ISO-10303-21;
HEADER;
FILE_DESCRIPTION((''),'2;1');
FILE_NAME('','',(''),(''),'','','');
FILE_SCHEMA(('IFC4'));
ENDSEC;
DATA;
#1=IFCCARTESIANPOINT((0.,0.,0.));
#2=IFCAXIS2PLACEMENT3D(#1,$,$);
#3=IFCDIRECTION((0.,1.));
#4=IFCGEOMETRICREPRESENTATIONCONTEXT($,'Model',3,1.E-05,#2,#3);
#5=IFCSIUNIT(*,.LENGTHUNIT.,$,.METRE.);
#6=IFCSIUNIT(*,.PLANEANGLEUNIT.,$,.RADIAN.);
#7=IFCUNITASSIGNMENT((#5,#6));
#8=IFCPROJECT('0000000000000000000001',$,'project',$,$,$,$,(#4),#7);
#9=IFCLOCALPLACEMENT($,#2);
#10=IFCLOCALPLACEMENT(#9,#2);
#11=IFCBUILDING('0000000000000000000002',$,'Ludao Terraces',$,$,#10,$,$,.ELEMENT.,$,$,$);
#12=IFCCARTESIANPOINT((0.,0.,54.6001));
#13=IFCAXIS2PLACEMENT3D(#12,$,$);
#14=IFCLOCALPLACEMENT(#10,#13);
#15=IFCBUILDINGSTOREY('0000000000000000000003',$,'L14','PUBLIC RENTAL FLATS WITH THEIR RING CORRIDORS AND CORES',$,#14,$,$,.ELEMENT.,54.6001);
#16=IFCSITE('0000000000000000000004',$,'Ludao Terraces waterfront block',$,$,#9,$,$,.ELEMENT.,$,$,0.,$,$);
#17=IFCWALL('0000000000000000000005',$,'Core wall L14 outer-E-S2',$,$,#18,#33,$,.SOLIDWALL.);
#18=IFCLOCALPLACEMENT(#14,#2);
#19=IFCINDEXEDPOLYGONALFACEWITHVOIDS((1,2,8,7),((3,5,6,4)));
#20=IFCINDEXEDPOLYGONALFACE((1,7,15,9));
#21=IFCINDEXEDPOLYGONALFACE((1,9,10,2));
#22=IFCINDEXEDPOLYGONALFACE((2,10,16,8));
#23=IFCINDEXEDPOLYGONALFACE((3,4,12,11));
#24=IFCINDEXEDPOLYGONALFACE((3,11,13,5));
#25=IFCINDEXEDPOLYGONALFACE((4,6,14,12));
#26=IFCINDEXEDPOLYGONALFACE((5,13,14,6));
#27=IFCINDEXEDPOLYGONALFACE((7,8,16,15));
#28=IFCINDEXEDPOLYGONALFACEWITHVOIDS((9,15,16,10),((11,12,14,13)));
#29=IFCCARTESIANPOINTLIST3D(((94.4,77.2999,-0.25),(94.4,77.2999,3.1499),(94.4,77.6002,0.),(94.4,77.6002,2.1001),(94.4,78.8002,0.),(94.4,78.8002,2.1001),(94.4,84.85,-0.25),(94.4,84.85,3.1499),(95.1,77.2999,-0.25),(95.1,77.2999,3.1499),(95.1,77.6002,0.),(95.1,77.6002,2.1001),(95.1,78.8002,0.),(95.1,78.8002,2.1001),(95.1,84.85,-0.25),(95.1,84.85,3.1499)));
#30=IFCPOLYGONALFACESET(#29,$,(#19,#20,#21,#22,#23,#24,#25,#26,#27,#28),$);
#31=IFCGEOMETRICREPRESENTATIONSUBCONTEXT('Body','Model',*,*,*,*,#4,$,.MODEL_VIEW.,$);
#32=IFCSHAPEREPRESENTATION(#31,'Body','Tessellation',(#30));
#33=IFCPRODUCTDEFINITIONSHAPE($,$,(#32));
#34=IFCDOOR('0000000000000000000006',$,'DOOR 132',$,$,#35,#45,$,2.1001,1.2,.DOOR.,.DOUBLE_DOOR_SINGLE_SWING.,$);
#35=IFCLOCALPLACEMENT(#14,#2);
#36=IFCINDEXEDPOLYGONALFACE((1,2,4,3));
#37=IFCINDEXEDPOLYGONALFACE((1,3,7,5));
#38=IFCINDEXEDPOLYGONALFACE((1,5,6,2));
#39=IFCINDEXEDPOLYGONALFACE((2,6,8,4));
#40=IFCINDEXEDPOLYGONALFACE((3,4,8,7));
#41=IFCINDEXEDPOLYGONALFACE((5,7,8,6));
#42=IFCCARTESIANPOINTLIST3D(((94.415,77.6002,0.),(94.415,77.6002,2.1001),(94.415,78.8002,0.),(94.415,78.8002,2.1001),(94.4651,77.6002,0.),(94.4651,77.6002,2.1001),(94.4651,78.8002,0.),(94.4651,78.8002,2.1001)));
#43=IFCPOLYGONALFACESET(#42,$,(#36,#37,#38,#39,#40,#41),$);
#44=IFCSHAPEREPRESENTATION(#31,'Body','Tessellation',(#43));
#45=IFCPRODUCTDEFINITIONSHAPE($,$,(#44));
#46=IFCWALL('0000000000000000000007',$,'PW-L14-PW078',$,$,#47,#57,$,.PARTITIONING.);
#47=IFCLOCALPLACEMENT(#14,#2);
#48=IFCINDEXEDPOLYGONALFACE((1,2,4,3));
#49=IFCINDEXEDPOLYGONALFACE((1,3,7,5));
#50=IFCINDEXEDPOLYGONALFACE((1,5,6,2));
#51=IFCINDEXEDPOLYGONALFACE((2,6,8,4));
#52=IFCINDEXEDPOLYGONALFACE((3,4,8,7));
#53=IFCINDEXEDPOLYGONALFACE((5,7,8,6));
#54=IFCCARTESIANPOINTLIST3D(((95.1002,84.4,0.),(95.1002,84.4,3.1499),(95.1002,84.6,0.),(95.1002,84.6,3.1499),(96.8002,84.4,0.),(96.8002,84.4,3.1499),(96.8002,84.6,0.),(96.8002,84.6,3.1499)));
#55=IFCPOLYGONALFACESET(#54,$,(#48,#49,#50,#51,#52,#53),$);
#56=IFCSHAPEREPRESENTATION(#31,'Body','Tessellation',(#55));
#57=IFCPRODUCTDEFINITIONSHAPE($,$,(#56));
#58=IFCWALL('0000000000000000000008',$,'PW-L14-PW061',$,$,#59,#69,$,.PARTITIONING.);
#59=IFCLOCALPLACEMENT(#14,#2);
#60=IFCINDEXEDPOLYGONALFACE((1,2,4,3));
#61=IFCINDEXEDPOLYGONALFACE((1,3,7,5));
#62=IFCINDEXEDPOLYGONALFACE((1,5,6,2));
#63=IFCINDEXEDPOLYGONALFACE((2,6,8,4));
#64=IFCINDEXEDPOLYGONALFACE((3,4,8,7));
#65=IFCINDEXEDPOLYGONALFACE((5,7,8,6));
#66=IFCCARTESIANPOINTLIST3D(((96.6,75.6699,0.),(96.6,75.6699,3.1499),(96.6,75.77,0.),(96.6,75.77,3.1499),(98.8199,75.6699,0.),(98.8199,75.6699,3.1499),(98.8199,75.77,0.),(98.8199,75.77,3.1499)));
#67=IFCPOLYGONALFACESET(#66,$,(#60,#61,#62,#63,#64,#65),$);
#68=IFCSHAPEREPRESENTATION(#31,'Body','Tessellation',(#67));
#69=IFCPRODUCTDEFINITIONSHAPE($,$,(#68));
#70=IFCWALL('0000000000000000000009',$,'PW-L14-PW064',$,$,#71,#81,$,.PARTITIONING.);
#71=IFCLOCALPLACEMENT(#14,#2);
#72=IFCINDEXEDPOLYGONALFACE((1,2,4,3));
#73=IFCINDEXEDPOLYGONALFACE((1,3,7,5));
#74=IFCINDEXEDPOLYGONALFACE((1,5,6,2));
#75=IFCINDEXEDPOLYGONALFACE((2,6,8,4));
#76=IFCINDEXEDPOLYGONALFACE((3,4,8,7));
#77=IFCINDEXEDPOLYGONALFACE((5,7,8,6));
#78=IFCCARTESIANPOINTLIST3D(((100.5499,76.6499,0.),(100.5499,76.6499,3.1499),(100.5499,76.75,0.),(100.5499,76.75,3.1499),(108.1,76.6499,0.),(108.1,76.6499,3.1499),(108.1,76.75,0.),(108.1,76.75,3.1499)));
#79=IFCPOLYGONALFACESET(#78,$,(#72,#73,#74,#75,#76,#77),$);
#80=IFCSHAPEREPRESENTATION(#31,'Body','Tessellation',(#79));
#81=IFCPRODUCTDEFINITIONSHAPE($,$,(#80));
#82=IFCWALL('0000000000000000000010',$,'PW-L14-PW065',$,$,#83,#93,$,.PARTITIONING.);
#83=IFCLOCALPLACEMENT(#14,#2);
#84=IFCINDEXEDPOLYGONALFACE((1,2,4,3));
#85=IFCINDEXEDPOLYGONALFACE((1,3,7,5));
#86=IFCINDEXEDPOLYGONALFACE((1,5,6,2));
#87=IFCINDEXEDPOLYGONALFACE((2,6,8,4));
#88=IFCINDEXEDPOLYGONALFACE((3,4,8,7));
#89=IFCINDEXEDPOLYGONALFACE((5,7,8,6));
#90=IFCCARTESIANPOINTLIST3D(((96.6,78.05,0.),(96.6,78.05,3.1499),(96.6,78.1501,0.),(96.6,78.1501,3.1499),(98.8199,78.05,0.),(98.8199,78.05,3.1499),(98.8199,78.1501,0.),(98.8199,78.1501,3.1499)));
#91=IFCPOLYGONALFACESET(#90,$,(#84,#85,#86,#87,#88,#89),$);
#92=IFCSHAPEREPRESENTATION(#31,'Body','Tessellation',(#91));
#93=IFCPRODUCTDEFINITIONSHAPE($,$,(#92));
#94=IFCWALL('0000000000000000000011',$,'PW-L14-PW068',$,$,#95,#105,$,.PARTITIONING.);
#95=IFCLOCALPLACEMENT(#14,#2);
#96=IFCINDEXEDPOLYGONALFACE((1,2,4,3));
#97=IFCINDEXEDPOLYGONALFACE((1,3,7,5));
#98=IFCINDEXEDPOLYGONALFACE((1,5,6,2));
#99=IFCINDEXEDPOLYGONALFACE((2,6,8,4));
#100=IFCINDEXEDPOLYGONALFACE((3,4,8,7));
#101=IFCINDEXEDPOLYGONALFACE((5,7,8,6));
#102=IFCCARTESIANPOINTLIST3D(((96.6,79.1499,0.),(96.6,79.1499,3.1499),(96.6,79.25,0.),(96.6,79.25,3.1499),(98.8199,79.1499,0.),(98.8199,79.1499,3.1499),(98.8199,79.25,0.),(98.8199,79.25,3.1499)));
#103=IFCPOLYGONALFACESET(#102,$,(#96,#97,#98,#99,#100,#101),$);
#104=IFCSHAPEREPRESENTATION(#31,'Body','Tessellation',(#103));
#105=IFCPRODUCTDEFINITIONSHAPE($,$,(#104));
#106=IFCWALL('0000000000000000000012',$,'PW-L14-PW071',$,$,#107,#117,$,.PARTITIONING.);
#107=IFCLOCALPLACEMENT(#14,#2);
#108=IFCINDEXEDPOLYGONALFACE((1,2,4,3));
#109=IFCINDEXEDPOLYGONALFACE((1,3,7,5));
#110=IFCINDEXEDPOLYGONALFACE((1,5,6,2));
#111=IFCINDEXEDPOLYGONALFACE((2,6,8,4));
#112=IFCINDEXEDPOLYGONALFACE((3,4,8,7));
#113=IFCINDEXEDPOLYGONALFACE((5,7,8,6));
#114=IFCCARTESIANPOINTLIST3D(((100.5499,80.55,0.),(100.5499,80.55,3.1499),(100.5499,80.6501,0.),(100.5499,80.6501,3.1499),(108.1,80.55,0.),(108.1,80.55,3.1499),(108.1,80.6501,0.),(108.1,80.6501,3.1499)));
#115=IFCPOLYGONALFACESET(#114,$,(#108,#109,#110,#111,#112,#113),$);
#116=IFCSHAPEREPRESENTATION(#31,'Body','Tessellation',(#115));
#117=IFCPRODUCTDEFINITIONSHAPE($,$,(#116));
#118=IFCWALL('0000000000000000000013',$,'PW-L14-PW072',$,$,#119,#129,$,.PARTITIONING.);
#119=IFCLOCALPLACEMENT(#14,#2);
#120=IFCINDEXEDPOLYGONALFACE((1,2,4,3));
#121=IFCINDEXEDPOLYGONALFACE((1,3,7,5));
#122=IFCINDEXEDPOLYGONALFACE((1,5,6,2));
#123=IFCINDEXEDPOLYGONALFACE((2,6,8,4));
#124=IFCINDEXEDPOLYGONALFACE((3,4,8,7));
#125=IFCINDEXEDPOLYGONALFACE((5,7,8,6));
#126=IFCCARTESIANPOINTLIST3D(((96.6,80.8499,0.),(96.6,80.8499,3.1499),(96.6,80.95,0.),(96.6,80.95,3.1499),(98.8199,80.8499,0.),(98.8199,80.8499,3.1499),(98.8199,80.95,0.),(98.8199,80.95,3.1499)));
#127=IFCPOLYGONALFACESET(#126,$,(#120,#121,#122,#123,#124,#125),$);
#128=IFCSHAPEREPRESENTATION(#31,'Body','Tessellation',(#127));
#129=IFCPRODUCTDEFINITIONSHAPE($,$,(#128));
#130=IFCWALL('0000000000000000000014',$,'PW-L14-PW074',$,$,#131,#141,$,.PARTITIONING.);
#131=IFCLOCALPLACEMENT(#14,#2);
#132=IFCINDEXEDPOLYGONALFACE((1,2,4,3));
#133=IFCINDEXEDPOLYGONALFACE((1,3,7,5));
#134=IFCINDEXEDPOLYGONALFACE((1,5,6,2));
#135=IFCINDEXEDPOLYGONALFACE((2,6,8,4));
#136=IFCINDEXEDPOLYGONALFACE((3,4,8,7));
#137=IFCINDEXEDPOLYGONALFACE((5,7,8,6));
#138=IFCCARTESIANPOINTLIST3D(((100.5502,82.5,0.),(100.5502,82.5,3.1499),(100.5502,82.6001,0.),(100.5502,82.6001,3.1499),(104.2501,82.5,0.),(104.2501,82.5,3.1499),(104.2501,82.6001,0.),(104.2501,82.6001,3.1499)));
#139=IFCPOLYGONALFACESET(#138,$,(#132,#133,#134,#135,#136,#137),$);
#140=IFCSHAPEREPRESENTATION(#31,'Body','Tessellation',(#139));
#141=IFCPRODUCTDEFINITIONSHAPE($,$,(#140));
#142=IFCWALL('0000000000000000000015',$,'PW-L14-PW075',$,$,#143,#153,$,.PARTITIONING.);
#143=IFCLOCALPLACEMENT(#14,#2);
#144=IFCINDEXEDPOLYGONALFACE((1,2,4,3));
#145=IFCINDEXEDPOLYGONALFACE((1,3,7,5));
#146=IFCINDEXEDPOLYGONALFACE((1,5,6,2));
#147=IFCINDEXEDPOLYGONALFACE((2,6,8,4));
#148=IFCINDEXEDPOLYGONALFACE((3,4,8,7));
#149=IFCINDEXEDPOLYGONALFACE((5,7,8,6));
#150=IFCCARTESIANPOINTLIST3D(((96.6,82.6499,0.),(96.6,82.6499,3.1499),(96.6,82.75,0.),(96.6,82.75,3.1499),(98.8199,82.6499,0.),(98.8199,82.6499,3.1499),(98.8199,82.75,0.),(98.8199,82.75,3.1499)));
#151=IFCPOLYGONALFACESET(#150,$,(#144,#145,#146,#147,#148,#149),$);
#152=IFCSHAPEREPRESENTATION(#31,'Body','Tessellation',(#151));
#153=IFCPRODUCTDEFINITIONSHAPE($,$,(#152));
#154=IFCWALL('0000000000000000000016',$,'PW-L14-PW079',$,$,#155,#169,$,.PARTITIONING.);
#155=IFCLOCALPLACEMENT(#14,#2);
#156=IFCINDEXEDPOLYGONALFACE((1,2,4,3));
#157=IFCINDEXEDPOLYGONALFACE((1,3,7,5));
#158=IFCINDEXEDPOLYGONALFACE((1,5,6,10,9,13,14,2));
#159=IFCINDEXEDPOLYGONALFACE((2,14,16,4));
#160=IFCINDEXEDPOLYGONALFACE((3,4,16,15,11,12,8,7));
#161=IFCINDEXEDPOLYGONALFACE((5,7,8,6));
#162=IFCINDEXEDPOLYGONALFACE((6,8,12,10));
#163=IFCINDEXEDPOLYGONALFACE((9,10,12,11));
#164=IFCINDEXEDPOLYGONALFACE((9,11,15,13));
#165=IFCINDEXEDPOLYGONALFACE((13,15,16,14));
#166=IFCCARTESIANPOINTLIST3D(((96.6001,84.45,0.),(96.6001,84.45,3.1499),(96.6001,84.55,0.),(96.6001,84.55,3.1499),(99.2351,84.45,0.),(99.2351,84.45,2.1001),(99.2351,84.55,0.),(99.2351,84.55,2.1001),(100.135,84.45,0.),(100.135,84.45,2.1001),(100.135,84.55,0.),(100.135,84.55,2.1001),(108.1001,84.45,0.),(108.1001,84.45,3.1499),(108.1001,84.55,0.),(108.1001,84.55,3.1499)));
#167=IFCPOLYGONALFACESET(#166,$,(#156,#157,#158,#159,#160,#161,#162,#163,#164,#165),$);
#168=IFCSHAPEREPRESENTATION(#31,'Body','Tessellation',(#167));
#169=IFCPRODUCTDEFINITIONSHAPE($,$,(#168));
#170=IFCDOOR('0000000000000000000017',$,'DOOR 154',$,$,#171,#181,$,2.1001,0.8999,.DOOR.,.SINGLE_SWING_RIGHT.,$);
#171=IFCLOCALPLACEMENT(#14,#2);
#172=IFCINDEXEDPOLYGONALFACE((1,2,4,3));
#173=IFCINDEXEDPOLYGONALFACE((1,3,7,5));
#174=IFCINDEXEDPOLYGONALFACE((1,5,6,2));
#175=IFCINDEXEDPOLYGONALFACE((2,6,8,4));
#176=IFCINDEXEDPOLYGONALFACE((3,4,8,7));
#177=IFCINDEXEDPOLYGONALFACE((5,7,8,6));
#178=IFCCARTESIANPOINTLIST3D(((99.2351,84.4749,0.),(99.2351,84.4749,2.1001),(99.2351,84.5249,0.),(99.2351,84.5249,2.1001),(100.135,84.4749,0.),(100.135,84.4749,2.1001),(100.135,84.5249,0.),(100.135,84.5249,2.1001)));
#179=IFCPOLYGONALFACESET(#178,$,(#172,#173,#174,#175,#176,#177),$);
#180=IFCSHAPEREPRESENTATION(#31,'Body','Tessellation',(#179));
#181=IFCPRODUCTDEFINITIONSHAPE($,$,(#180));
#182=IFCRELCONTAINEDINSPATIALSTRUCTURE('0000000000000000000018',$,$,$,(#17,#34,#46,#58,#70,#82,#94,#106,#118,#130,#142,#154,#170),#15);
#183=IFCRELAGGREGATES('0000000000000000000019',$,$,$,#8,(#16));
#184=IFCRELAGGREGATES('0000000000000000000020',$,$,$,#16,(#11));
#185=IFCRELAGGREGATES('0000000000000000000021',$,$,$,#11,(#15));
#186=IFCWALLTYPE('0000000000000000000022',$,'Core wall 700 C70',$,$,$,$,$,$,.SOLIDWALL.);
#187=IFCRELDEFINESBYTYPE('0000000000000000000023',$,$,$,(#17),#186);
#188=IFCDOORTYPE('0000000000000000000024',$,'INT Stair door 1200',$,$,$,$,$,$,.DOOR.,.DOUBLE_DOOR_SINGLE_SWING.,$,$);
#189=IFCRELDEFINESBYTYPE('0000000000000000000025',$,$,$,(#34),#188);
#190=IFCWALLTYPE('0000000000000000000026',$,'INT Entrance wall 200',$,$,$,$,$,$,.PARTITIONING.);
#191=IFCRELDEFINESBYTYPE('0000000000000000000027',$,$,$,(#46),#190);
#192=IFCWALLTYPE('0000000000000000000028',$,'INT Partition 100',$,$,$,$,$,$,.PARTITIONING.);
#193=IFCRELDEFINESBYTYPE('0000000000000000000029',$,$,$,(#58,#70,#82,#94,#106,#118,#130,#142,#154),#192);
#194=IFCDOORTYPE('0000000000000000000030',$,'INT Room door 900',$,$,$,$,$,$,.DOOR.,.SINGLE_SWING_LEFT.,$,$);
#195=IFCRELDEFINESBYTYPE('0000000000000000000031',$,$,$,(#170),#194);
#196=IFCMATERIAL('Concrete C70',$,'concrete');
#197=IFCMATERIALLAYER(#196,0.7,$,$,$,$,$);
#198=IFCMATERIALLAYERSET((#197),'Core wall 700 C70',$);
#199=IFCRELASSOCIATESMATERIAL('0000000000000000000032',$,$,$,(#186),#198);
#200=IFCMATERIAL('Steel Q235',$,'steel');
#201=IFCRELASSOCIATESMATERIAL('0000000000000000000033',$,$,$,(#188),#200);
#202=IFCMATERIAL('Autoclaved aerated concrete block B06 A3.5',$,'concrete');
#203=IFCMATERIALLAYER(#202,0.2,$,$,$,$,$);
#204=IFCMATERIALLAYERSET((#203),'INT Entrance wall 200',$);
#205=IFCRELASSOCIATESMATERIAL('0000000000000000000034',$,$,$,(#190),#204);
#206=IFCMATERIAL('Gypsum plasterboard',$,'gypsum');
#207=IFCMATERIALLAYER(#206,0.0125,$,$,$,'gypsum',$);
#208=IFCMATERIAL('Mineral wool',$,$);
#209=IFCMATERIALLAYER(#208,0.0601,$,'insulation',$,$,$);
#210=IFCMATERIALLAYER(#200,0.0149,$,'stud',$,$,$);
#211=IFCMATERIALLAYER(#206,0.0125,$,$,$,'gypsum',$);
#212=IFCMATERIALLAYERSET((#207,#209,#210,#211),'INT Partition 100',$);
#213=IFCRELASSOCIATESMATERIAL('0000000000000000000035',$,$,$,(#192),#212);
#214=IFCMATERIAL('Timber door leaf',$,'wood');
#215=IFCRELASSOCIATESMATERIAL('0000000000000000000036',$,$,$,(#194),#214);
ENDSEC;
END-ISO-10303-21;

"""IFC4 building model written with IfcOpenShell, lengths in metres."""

from ifc_helpers import new_model, si_unit, direction, frame, frame_2d, origin, place, context, subcontext, project, spatial, rectangle, extrude, material, layer, layer_set, type_object, element, fill, save


model = new_model("IFC4")

# Units and contexts
model_context = context("Model", 3, precision=1e-05, world=origin(), true_north=direction((0.0, 1.0)))
body_context = subcontext(model_context, "Body", "Model", "MODEL_VIEW")
ifc_project = project(units=[si_unit("LENGTHUNIT", "METRE"), si_unit("PLANEANGLEUNIT", "RADIAN")], contexts=[model_context])

# Site, building, storey
site_placement = place(None, origin())
site = spatial("IfcSite", under=ifc_project, at=site_placement, Name="Ludao Terraces waterfront block", CompositionType="ELEMENT", RefElevation=0.0)
building_placement = place(site_placement, origin())
building = spatial("IfcBuilding", under=site, at=building_placement, Name="Ludao Terraces", CompositionType="ELEMENT")
storey_placement = place(building_placement, frame((0.0, 0.0, 54.6001)))
storey = spatial("IfcBuildingStorey", under=building, at=storey_placement, Name="L14", Description="PUBLIC RENTAL FLATS WITH THEIR RING CORRIDORS AND CORES", CompositionType="ELEMENT", Elevation=54.6001)

# Wall, opening, door
ifc_material_1 = material(Name="Concrete C70", Category="concrete")
ifc_layer_1 = layer(ifc_material_1, 0.7)
ifc_layer_set_1 = layer_set([ifc_layer_1], Name="Core wall 700 C70")
wall_type_1 = type_object("IfcWallType", Name="Core wall 700 C70", PredefinedType="SOLIDWALL", material=ifc_layer_set_1)
wall_1_placement = place(storey_placement, frame((94.75, 77.3, -0.25), z_axis=(0.0, 0.0, 1.0), x_axis=(0.0, 1.0, 0.0)))
wall_1 = element("IfcWall", 1, at=wall_1_placement, inside=storey, type_object=wall_type_1, Name="Core wall L14 outer-E-S2", PredefinedType="SOLIDWALL", context=body_context, shape_type="SweptSolid", body=[
    extrude(rectangle(XDim=7.55, YDim=0.7, at=frame_2d((3.7749, 0.0))), origin(), (0.0, 0.0, 1.0), 3.3999),
])
opening_1_placement = place(wall_1_placement, frame((0.3, 0.0, 0.25)))
opening_1 = element("IfcOpeningElement", 2, at=opening_1_placement, cuts=wall_1, PredefinedType="OPENING", context=body_context, shape_type="SweptSolid", body=[
    extrude(rectangle(XDim=1.2, YDim=2.1001, at=frame_2d((0.6001, 1.05))), frame((0.0, 0.3599, 0.0), z_axis=(0.0, -1.0, 0.0), x_axis=(1.0, 0.0, 0.0)), (0.0, 0.0, 1.0), 0.72),
])
ifc_material_2 = material(Name="Steel Q235", Category="steel")
door_type_1 = type_object("IfcDoorType", Name="INT Stair door 1200", OperationType="DOUBLE_DOOR_SINGLE_SWING", PredefinedType="DOOR", material=ifc_material_2)
door_1_placement = place(opening_1_placement, origin())
door_1 = element("IfcDoor", 3, at=door_1_placement, inside=storey, type_object=door_type_1, Name="DOOR 132", OperationType="DOUBLE_DOOR_SINGLE_SWING", OverallHeight=2.1001, OverallWidth=1.2, PredefinedType="DOOR", context=body_context, shape_type="SweptSolid", body=[
    extrude(rectangle(XDim=1.2, YDim=2.1001, at=frame_2d((0.6001, 1.05))), frame((0.0, 0.335, 0.0), z_axis=(0.0, -1.0, 0.0), x_axis=(1.0, 0.0, 0.0)), (0.0, 0.0, 1.0), 0.05),
])
fill(opening_1, door_1)

# Walls
ifc_material_3 = material(Name="Autoclaved aerated concrete block B06 A3.5", Category="concrete")
ifc_layer_2 = layer(ifc_material_3, 0.2)
ifc_layer_set_2 = layer_set([ifc_layer_2], Name="INT Entrance wall 200")
wall_type_2 = type_object("IfcWallType", Name="INT Entrance wall 200", PredefinedType="PARTITIONING", material=ifc_layer_set_2)
wall_2_placement = place(storey_placement, frame((95.1001, 84.5, 0.0), z_axis=(0.0, 0.0, 1.0), x_axis=(1.0, 0.0, 0.0)))
element("IfcWall", 4, at=wall_2_placement, inside=storey, type_object=wall_type_2, Name="PW-L14-PW078", PredefinedType="PARTITIONING", context=body_context, shape_type="SweptSolid", body=[
    extrude(rectangle(XDim=1.7, YDim=0.2, at=frame_2d((0.8501, 0.0))), origin(), (0.0, 0.0, 1.0), 3.1499),
])
ifc_material_4 = material(Name="Gypsum plasterboard", Category="gypsum")
ifc_layer_3 = layer(ifc_material_4, 0.0125, Category="gypsum")
ifc_material_5 = material(Name="Mineral wool")
ifc_layer_4 = layer(ifc_material_5, 0.0601, Name="insulation")
ifc_layer_5 = layer(ifc_material_2, 0.0149, Name="stud")
ifc_layer_6 = layer(ifc_material_4, 0.0125, Category="gypsum")
ifc_layer_set_3 = layer_set([ifc_layer_3, ifc_layer_4, ifc_layer_5, ifc_layer_6], Name="INT Partition 100")
wall_type_3 = type_object("IfcWallType", Name="INT Partition 100", PredefinedType="PARTITIONING", material=ifc_layer_set_3)
wall_3_placement = place(storey_placement, frame((96.6001, 75.72, 0.0), z_axis=(0.0, 0.0, 1.0), x_axis=(1.0, 0.0, 0.0)))
element("IfcWall", 5, at=wall_3_placement, inside=storey, type_object=wall_type_3, Name="PW-L14-PW061", PredefinedType="PARTITIONING", context=body_context, shape_type="SweptSolid", body=[
    extrude(rectangle(XDim=2.22, YDim=0.1001, at=frame_2d((1.1099, 0.0))), origin(), (0.0, 0.0, 1.0), 3.1499),
])
wall_4_placement = place(storey_placement, frame((100.55, 76.7, 0.0), z_axis=(0.0, 0.0, 1.0), x_axis=(1.0, 0.0, 0.0)))
element("IfcWall", 6, at=wall_4_placement, inside=storey, type_object=wall_type_3, Name="PW-L14-PW064", PredefinedType="PARTITIONING", context=body_context, shape_type="SweptSolid", body=[
    extrude(rectangle(XDim=7.55, YDim=0.1001, at=frame_2d((3.7749, 0.0))), origin(), (0.0, 0.0, 1.0), 3.1499),
])
for number, where, z_axis, x_axis, name in (
    (7, (96.6001, 78.1001, 0.0), (0.0, 0.0, 1.0), (1.0, 0.0, 0.0), "PW-L14-PW065"),
    (8, (96.6001, 79.2, 0.0), (0.0, 0.0, 1.0), (1.0, 0.0, 0.0), "PW-L14-PW068"),
):
    element("IfcWall", number, at=place(storey_placement, frame(where, z_axis=z_axis, x_axis=x_axis)), inside=storey, type_object=wall_type_3, Name=name, PredefinedType="PARTITIONING", context=body_context, shape_type="SweptSolid", body=[
        extrude(rectangle(XDim=2.22, YDim=0.1001, at=frame_2d((1.1099, 0.0))), origin(), (0.0, 0.0, 1.0), 3.1499),
    ])
wall_5_placement = place(storey_placement, frame((100.55, 80.6001, 0.0), z_axis=(0.0, 0.0, 1.0), x_axis=(1.0, 0.0, 0.0)))
element("IfcWall", 9, at=wall_5_placement, inside=storey, type_object=wall_type_3, Name="PW-L14-PW071", PredefinedType="PARTITIONING", context=body_context, shape_type="SweptSolid", body=[
    extrude(rectangle(XDim=7.55, YDim=0.1001, at=frame_2d((3.7749, 0.0))), origin(), (0.0, 0.0, 1.0), 3.1499),
])
wall_6_placement = place(storey_placement, frame((96.6001, 80.8999, 0.0), z_axis=(0.0, 0.0, 1.0), x_axis=(1.0, 0.0, 0.0)))
element("IfcWall", 10, at=wall_6_placement, inside=storey, type_object=wall_type_3, Name="PW-L14-PW072", PredefinedType="PARTITIONING", context=body_context, shape_type="SweptSolid", body=[
    extrude(rectangle(XDim=2.22, YDim=0.1001, at=frame_2d((1.1099, 0.0))), origin(), (0.0, 0.0, 1.0), 3.1499),
])
wall_7_placement = place(storey_placement, frame((100.55, 82.55, 0.0), z_axis=(0.0, 0.0, 1.0), x_axis=(1.0, 0.0, 0.0)))
element("IfcWall", 11, at=wall_7_placement, inside=storey, type_object=wall_type_3, Name="PW-L14-PW074", PredefinedType="PARTITIONING", context=body_context, shape_type="SweptSolid", body=[
    extrude(rectangle(XDim=3.7, YDim=0.1001, at=frame_2d((1.8501, 0.0))), origin(), (0.0, 0.0, 1.0), 3.1499),
])
wall_8_placement = place(storey_placement, frame((96.6001, 82.7, 0.0), z_axis=(0.0, 0.0, 1.0), x_axis=(1.0, 0.0, 0.0)))
element("IfcWall", 12, at=wall_8_placement, inside=storey, type_object=wall_type_3, Name="PW-L14-PW075", PredefinedType="PARTITIONING", context=body_context, shape_type="SweptSolid", body=[
    extrude(rectangle(XDim=2.22, YDim=0.1001, at=frame_2d((1.1099, 0.0))), origin(), (0.0, 0.0, 1.0), 3.1499),
])

# Wall, opening, door
wall_9_placement = place(storey_placement, frame((96.6001, 84.5, 0.0), z_axis=(0.0, 0.0, 1.0), x_axis=(1.0, 0.0, 0.0)))
wall_9 = element("IfcWall", 13, at=wall_9_placement, inside=storey, type_object=wall_type_3, Name="PW-L14-PW079", PredefinedType="PARTITIONING", context=body_context, shape_type="SweptSolid", body=[
    extrude(rectangle(XDim=11.5, YDim=0.1001, at=frame_2d((5.75, 0.0))), origin(), (0.0, 0.0, 1.0), 3.1499),
])
opening_2_placement = place(wall_9_placement, frame((2.635, 0.0, 0.0)))
opening_2 = element("IfcOpeningElement", 14, at=opening_2_placement, cuts=wall_9, PredefinedType="OPENING", context=body_context, shape_type="SweptSolid", body=[
    extrude(rectangle(XDim=0.8999, YDim=2.1001, at=frame_2d((0.45, 1.05))), frame((0.0, 0.0601, 0.0), z_axis=(0.0, -1.0, 0.0), x_axis=(1.0, 0.0, 0.0)), (0.0, 0.0, 1.0), 0.1201),
])
ifc_material_6 = material(Name="Timber door leaf", Category="wood")
door_type_2 = type_object("IfcDoorType", Name="INT Room door 900", OperationType="SINGLE_SWING_LEFT", PredefinedType="DOOR", material=ifc_material_6)
door_2_placement = place(opening_2_placement, origin())
door_2 = element("IfcDoor", 15, at=door_2_placement, inside=storey, type_object=door_type_2, Name="DOOR 154", OperationType="SINGLE_SWING_RIGHT", OverallHeight=2.1001, OverallWidth=0.8999, PredefinedType="DOOR", context=body_context, shape_type="SweptSolid", body=[
    extrude(rectangle(XDim=0.8999, YDim=2.1001, at=frame_2d((0.45, 1.05))), frame((0.0, 0.0249, 0.0), z_axis=(0.0, -1.0, 0.0), x_axis=(1.0, 0.0, 0.0)), (0.0, 0.0, 1.0), 0.05),
])
fill(opening_2, door_2)

save(model, "model.ifc")
